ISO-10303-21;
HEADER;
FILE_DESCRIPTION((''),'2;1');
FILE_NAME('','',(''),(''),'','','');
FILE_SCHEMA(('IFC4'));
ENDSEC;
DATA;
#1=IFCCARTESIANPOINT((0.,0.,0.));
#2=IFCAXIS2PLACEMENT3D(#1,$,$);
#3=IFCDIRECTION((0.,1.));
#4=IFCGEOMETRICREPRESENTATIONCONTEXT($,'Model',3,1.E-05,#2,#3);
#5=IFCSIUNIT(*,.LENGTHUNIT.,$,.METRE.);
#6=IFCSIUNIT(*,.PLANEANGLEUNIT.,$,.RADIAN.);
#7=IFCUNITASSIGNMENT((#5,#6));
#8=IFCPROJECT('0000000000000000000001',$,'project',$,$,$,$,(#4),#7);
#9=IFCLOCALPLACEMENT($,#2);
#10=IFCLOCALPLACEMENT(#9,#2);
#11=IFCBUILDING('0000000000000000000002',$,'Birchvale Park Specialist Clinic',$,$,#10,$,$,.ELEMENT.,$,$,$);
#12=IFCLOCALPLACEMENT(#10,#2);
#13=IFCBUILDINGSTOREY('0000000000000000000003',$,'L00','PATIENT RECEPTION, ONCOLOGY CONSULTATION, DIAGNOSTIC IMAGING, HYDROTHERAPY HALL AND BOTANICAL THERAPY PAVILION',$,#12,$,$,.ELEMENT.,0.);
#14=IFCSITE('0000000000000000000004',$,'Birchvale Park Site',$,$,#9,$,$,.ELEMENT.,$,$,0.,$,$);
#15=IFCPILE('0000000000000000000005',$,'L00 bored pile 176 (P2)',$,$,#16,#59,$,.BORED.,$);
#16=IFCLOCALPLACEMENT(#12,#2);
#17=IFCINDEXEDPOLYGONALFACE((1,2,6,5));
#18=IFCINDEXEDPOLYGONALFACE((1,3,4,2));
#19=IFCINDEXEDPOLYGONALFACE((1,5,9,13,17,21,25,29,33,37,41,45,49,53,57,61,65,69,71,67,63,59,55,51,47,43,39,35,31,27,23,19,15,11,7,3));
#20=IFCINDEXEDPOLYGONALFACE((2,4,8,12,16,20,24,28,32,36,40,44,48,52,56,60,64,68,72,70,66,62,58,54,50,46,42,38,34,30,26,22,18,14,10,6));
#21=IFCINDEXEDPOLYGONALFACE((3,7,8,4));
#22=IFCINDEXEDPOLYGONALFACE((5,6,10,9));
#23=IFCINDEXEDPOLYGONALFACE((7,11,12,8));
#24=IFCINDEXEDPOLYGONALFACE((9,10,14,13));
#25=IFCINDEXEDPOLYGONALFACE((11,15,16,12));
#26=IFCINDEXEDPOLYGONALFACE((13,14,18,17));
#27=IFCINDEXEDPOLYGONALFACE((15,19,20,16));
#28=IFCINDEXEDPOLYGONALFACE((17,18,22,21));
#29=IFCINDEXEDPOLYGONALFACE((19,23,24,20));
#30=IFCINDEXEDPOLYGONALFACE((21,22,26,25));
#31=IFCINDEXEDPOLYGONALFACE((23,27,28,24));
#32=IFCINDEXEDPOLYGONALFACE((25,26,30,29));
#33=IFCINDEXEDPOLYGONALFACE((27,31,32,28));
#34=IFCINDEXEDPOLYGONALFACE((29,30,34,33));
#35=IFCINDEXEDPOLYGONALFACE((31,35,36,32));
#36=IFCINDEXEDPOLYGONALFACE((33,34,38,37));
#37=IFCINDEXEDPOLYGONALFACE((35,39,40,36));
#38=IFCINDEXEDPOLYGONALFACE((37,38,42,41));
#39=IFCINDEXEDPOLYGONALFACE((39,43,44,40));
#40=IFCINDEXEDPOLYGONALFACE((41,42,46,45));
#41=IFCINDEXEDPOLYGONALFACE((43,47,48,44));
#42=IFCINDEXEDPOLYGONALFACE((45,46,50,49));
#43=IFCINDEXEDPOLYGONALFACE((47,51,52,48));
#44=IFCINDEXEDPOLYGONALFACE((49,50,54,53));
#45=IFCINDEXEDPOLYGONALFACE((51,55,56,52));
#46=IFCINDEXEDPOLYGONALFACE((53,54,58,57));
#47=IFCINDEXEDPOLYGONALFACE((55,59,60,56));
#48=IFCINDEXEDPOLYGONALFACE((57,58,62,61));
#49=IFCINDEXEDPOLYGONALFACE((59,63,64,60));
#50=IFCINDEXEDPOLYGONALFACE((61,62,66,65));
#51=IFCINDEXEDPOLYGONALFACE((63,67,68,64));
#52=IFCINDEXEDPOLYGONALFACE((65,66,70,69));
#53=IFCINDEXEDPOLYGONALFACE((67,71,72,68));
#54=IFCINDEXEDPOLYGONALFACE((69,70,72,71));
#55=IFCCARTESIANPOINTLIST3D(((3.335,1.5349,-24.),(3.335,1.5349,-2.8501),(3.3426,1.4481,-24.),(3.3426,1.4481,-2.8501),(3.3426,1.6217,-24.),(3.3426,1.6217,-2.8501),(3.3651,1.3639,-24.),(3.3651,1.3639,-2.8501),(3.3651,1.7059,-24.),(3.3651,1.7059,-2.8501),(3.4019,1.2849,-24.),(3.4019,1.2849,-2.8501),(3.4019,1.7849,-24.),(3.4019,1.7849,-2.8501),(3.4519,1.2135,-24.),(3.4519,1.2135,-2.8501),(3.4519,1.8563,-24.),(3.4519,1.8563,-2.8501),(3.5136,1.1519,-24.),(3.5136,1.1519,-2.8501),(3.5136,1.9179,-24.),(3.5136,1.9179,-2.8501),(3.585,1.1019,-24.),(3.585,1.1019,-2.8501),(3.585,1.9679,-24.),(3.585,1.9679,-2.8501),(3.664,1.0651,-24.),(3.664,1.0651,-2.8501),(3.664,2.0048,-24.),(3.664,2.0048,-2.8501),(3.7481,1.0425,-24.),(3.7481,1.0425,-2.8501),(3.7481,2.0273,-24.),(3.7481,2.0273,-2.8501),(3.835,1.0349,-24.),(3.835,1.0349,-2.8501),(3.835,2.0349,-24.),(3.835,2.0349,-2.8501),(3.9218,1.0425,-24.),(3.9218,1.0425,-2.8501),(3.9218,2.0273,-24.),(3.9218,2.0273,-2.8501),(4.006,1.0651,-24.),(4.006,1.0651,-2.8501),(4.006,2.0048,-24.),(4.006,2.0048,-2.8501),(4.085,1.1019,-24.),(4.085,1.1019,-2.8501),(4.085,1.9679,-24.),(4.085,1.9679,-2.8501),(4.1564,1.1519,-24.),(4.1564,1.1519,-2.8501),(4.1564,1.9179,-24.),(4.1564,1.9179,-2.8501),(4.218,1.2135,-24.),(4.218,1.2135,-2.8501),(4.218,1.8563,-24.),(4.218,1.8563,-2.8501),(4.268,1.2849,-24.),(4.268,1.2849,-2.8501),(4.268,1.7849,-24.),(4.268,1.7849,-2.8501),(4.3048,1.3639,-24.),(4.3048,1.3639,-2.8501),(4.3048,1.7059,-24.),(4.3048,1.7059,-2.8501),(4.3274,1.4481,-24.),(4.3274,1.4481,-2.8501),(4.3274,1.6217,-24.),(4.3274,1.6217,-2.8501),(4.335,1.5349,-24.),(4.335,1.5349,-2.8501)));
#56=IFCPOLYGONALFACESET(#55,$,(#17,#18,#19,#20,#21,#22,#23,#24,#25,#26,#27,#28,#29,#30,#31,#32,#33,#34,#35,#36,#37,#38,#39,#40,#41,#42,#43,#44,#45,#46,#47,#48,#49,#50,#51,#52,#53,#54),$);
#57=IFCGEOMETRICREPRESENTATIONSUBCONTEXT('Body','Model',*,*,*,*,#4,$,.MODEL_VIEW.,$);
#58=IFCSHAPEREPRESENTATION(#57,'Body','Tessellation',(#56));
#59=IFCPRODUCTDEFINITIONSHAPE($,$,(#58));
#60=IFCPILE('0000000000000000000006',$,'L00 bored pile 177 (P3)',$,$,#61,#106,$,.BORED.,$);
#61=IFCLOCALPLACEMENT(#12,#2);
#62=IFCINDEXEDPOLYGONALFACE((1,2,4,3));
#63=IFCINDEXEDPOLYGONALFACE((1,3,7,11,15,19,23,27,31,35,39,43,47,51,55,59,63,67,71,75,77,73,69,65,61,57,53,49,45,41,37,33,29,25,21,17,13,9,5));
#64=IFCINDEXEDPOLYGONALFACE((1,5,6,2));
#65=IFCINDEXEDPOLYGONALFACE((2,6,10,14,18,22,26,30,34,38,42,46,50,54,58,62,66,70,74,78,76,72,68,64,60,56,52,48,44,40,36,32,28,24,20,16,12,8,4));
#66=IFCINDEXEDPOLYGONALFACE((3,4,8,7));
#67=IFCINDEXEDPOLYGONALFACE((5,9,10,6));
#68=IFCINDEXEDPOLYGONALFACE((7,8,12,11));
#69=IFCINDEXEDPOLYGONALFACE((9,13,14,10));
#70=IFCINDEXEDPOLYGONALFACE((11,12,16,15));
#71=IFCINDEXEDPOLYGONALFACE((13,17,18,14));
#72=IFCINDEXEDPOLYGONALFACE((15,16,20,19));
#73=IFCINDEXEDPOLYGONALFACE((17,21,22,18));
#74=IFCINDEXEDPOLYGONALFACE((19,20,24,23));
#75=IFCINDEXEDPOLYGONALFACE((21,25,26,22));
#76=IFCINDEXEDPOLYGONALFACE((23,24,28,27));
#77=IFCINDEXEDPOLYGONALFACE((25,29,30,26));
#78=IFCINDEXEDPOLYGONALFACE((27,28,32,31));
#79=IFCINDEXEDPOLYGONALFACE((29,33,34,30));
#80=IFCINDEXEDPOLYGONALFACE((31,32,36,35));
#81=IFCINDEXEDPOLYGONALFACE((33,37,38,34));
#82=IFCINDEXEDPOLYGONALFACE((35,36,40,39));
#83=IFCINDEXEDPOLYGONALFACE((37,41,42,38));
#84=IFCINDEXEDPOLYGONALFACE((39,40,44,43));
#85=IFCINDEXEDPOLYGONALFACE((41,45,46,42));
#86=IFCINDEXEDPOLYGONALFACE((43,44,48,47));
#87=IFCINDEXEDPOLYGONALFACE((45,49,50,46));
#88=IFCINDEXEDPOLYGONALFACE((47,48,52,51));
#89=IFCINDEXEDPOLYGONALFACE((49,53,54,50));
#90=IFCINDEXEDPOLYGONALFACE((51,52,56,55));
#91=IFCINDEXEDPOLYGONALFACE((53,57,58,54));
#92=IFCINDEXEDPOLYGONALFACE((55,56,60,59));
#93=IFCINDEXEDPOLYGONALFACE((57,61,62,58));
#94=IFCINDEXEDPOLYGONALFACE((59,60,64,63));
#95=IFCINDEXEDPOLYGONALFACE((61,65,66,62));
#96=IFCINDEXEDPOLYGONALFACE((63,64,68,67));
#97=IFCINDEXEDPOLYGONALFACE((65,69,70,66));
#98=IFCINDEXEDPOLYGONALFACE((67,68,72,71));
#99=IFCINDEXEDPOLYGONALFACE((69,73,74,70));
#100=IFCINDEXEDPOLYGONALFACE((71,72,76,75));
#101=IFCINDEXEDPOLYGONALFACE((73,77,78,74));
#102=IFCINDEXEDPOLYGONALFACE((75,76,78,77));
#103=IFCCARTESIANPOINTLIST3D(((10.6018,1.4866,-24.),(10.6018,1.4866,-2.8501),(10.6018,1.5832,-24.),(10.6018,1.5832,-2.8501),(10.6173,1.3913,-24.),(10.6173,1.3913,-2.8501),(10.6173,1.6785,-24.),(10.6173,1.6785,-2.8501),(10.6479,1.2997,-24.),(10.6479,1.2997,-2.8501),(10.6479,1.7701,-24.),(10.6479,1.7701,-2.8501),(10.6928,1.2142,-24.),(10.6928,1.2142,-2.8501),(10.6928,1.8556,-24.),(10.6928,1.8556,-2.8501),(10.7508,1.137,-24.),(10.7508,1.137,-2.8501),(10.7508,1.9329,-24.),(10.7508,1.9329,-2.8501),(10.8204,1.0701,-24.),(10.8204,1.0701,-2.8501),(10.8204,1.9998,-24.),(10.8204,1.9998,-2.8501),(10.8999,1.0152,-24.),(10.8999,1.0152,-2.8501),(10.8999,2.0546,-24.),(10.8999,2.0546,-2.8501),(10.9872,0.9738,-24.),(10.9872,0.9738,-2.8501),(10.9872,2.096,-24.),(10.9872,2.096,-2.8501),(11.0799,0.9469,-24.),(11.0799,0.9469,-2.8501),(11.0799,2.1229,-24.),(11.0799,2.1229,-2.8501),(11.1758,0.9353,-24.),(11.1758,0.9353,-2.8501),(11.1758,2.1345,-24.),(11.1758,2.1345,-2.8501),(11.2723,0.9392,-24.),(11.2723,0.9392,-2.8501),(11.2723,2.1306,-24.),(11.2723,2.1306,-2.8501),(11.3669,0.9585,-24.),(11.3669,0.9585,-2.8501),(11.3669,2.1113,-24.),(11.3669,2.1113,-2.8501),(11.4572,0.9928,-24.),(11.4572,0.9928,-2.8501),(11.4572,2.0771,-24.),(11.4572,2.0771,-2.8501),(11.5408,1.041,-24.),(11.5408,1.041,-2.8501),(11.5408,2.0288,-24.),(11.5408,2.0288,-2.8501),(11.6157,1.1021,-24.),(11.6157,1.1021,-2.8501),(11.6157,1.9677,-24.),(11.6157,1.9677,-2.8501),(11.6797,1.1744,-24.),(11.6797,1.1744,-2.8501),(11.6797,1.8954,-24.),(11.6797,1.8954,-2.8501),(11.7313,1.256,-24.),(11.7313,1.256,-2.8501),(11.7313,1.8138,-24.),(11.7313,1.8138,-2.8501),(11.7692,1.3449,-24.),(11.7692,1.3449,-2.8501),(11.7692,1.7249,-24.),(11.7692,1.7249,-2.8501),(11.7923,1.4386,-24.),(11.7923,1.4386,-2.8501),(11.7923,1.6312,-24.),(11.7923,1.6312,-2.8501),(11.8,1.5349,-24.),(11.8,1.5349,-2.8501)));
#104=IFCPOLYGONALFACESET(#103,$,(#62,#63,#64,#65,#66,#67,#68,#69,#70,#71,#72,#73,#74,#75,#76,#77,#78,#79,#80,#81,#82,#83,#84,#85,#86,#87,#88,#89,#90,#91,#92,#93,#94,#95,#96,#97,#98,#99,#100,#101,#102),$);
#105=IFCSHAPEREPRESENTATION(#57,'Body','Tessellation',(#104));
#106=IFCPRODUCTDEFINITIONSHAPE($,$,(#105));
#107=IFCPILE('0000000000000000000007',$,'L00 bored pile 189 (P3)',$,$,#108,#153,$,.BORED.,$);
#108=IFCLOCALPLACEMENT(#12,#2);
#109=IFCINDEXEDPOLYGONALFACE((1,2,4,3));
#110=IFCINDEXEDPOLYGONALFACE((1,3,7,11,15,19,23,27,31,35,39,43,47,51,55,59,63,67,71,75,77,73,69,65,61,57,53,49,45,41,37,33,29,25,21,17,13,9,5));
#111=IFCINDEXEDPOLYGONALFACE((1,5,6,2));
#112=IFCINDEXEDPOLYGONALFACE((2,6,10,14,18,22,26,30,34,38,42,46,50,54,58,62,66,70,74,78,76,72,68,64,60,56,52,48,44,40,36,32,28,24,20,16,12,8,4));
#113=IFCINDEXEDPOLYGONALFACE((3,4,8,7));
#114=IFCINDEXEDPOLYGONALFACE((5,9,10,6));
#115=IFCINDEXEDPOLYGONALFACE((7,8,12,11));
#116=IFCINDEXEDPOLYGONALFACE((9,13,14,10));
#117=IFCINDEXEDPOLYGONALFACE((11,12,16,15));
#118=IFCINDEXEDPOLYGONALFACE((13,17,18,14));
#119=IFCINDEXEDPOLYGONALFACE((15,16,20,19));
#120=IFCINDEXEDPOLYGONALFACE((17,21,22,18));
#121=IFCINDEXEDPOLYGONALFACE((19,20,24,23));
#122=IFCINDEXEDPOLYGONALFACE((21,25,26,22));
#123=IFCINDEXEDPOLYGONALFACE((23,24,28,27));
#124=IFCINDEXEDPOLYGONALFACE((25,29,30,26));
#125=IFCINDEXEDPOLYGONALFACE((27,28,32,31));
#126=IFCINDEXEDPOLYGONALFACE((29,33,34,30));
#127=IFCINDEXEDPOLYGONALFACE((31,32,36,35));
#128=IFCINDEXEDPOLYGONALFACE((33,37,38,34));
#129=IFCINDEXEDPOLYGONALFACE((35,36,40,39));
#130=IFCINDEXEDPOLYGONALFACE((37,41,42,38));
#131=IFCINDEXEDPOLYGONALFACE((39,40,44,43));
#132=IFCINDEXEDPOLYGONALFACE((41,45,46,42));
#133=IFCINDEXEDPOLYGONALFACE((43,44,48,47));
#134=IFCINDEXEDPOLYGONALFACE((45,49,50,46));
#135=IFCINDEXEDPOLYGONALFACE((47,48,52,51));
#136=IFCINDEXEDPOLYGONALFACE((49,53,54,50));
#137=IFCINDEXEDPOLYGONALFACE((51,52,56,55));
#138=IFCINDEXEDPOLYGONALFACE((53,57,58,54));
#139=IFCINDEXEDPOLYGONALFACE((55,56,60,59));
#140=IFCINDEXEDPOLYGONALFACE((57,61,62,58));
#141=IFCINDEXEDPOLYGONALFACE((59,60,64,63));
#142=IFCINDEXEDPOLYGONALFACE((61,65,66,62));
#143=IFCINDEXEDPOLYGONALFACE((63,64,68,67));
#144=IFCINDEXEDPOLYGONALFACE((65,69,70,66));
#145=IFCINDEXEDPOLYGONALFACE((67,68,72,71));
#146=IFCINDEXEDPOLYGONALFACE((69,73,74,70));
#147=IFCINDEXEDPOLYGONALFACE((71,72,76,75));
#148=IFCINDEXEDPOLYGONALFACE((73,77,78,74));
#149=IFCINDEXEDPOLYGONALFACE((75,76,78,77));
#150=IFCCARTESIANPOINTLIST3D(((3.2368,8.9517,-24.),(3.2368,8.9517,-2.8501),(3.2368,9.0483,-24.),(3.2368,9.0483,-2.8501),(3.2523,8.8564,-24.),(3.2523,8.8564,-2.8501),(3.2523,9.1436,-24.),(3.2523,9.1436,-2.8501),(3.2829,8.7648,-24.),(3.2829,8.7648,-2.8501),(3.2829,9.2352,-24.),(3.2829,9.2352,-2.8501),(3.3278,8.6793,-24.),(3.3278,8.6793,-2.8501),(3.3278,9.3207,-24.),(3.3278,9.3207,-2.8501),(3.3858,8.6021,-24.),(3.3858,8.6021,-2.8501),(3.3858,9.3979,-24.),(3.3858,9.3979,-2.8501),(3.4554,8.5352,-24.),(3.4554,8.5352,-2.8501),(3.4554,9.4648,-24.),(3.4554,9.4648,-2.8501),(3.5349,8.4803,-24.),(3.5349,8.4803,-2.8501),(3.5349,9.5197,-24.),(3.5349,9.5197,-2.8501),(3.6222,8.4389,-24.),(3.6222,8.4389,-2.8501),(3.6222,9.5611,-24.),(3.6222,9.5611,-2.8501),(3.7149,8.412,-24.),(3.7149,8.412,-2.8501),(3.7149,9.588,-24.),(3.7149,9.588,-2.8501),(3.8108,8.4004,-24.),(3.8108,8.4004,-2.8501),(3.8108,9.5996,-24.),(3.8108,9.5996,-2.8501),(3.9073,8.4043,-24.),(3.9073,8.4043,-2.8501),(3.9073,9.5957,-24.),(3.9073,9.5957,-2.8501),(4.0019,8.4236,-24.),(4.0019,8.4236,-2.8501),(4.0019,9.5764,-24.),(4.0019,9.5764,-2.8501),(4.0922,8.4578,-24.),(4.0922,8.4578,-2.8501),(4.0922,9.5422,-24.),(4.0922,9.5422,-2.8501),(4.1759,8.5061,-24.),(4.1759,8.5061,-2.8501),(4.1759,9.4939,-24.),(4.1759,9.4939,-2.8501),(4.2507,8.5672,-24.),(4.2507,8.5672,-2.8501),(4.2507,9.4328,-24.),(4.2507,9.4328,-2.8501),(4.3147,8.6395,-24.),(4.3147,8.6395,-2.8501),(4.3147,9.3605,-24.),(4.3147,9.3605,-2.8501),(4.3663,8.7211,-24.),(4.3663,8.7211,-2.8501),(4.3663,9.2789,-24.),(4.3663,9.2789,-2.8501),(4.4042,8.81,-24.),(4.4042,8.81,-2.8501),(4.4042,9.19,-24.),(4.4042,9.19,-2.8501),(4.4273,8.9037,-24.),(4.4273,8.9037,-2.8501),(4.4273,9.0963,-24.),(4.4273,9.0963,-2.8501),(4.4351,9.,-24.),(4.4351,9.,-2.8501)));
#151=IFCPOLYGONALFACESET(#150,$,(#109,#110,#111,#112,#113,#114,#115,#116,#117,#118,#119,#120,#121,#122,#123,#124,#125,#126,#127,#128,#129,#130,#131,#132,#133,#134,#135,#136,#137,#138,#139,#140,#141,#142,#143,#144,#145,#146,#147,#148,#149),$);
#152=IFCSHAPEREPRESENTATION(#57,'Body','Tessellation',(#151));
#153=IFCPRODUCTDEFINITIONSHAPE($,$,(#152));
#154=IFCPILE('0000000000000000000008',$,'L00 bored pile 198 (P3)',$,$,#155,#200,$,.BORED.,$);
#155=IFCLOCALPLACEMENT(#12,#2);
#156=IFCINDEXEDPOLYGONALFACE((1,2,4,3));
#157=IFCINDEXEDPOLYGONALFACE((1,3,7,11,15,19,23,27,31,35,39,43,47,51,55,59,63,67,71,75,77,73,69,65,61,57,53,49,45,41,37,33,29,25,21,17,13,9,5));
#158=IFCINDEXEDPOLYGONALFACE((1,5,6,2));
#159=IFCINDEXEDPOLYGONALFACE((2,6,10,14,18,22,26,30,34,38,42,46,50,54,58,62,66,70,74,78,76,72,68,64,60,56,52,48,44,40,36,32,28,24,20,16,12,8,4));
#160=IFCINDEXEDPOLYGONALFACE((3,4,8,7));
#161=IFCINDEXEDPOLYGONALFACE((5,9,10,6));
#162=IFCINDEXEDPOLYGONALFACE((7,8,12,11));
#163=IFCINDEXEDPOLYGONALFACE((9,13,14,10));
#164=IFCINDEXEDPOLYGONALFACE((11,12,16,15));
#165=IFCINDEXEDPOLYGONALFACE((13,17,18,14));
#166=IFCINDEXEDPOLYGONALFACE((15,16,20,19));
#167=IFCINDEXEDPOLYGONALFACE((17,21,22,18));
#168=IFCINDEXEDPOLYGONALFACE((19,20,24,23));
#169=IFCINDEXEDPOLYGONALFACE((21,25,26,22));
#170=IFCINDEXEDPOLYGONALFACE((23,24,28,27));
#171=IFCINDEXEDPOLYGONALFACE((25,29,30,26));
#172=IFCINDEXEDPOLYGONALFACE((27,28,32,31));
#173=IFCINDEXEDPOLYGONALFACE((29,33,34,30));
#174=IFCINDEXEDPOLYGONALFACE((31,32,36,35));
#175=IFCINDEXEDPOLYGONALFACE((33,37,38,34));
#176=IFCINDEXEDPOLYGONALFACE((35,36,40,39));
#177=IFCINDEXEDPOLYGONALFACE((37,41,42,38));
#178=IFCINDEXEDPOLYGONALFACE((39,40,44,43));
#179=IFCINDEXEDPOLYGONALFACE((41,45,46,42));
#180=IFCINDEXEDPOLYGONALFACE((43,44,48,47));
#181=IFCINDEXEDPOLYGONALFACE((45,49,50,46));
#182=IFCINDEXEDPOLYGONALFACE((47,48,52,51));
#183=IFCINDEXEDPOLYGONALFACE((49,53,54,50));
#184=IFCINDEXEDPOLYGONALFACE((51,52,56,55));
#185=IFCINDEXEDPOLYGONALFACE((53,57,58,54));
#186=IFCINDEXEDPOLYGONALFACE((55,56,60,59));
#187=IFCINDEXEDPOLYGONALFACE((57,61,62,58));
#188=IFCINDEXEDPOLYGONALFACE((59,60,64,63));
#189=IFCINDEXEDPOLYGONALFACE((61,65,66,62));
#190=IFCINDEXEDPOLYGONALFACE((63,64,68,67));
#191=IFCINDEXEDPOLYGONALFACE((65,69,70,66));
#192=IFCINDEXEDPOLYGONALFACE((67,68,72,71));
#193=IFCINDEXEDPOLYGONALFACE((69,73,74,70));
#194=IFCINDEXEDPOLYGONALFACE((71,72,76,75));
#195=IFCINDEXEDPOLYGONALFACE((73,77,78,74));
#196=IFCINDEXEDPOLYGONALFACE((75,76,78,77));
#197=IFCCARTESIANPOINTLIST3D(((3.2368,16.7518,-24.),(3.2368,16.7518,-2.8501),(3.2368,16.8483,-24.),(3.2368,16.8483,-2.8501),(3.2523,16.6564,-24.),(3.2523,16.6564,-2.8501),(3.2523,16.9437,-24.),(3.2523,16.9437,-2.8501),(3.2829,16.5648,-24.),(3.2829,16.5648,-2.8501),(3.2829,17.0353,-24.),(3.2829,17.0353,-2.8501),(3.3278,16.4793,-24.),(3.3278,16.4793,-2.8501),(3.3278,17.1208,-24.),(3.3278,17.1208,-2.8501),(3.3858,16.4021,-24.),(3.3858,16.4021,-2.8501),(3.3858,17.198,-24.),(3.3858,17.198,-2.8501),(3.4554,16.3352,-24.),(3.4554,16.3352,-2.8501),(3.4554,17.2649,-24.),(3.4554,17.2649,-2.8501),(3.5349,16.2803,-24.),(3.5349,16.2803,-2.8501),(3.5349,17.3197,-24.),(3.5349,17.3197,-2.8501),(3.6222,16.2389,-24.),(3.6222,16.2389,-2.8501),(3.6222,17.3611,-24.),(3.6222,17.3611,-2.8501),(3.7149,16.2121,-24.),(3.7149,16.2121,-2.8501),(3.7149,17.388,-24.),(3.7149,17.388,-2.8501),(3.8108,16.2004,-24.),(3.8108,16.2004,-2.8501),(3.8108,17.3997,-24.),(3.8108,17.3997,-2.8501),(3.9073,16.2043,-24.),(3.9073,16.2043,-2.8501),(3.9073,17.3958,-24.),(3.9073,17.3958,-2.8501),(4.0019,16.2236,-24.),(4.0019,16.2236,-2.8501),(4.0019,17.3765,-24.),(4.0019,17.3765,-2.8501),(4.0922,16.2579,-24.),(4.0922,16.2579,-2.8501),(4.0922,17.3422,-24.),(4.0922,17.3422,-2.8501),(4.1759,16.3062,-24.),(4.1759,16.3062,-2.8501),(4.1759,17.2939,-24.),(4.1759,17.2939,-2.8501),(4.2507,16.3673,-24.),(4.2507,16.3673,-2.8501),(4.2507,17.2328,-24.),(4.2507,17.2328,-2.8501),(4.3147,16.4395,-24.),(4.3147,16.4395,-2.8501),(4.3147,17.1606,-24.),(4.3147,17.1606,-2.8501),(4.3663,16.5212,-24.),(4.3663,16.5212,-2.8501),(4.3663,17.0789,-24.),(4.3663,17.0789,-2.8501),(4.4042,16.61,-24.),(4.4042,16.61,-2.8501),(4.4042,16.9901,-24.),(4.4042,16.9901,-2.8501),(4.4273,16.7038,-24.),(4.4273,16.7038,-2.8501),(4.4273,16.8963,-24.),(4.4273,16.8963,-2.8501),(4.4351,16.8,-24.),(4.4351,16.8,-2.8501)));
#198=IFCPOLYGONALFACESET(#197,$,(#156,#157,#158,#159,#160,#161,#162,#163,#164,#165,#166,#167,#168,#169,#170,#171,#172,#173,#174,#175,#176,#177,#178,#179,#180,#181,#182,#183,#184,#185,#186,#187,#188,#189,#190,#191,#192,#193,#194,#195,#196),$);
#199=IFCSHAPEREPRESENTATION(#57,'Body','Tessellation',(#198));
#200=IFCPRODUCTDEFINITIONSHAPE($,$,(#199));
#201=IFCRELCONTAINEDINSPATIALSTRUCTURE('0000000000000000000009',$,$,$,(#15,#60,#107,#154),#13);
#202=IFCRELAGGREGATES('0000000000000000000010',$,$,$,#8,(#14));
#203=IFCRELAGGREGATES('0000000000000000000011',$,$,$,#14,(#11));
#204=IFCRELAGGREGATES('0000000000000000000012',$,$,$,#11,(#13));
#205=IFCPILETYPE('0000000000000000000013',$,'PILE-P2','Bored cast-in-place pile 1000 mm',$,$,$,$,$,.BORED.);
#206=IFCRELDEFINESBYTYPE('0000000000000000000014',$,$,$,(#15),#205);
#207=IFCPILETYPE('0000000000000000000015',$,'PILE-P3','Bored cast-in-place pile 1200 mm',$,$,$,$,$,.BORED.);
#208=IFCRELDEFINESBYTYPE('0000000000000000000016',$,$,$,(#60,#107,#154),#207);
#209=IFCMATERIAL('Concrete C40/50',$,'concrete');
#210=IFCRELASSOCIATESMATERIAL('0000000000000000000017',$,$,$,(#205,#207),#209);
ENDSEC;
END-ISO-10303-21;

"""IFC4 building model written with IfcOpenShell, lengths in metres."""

from ifc_helpers import new_model, si_unit, direction, frame, origin, origin_2d, place, context, subcontext, project, spatial, circle, extrude, material, material_profile, profile_set, type_object, element, save


model = new_model("IFC4")

# Units and contexts
model_context = context("Model", 3, precision=1e-05, world=origin(), true_north=direction((0.0, 1.0)))
body_context = subcontext(model_context, "Body", "Model", "MODEL_VIEW")
ifc_project = project(units=[si_unit("LENGTHUNIT", "METRE"), si_unit("PLANEANGLEUNIT", "RADIAN")], contexts=[model_context])

# Site, building, storey
site_placement = place(None, origin())
site = spatial("IfcSite", under=ifc_project, at=site_placement, Name="Birchvale Park Site", CompositionType="ELEMENT", RefElevation=0.0)
building_placement = place(site_placement, origin())
building = spatial("IfcBuilding", under=site, at=building_placement, Name="Birchvale Park Specialist Clinic", CompositionType="ELEMENT")
storey_placement = place(building_placement, origin())
storey = spatial("IfcBuildingStorey", under=building, at=storey_placement, Name="L00", Description="PATIENT RECEPTION, ONCOLOGY CONSULTATION, DIAGNOSTIC IMAGING, HYDROTHERAPY HALL AND BOTANICAL THERAPY PAVILION", CompositionType="ELEMENT", Elevation=0.0)

# Shared definitions
ifc_material_1 = material(Name="Concrete C40/50", Category="concrete")

# Piles
ifc_material_profile_1 = material_profile(ifc_material_1, circle(Radius=0.5, at=origin_2d()), Name="PILE-1000")
ifc_profile_set_1 = profile_set([ifc_material_profile_1], Name="Concrete C40/50")
pile_type_1 = type_object("IfcPileType", Name="PILE-P2", Description="Bored cast-in-place pile 1000 mm", PredefinedType="BORED", material=ifc_profile_set_1)
pile_placement = place(storey_placement, frame((3.835, 1.5349, -2.8501), z_axis=(0.0, 0.0, -1.0), x_axis=(1.0, 0.0, 0.0)))
element("IfcPile", 1, at=pile_placement, inside=storey, type_object=pile_type_1, Name="L00 bored pile 176 (P2)", PredefinedType="BORED", context=body_context, shape_type="SweptSolid", body=[
    extrude(circle(Radius=0.5, at=origin_2d()), origin(), (0.0, 0.0, 1.0), 21.1499),
])
ifc_material_profile_2 = material_profile(ifc_material_1, circle(Radius=0.6001, at=origin_2d()), Name="PILE-1200")
ifc_profile_set_2 = profile_set([ifc_material_profile_2], Name="Concrete C40/50")
pile_type_2 = type_object("IfcPileType", Name="PILE-P3", Description="Bored cast-in-place pile 1200 mm", PredefinedType="BORED", material=ifc_profile_set_2)
for number, where, z_axis, x_axis, name in (
    (2, (11.2, 1.5349, -2.8501), (0.0, 0.0, -1.0), (1.0, 0.0, 0.0), "L00 bored pile 177 (P3)"),
    (3, (3.835, 9.0, -2.8501), (0.0, 0.0, -1.0), (1.0, 0.0, 0.0), "L00 bored pile 189 (P3)"),
    (4, (3.835, 16.8, -2.8501), (0.0, 0.0, -1.0), (1.0, 0.0, 0.0), "L00 bored pile 198 (P3)"),
):
    element("IfcPile", number, at=place(storey_placement, frame(where, z_axis=z_axis, x_axis=x_axis)), inside=storey, type_object=pile_type_2, Name=name, PredefinedType="BORED", context=body_context, shape_type="SweptSolid", body=[
        extrude(circle(Radius=0.6001, at=origin_2d()), origin(), (0.0, 0.0, 1.0), 21.1499),
    ])

save(model, "model.ifc")
